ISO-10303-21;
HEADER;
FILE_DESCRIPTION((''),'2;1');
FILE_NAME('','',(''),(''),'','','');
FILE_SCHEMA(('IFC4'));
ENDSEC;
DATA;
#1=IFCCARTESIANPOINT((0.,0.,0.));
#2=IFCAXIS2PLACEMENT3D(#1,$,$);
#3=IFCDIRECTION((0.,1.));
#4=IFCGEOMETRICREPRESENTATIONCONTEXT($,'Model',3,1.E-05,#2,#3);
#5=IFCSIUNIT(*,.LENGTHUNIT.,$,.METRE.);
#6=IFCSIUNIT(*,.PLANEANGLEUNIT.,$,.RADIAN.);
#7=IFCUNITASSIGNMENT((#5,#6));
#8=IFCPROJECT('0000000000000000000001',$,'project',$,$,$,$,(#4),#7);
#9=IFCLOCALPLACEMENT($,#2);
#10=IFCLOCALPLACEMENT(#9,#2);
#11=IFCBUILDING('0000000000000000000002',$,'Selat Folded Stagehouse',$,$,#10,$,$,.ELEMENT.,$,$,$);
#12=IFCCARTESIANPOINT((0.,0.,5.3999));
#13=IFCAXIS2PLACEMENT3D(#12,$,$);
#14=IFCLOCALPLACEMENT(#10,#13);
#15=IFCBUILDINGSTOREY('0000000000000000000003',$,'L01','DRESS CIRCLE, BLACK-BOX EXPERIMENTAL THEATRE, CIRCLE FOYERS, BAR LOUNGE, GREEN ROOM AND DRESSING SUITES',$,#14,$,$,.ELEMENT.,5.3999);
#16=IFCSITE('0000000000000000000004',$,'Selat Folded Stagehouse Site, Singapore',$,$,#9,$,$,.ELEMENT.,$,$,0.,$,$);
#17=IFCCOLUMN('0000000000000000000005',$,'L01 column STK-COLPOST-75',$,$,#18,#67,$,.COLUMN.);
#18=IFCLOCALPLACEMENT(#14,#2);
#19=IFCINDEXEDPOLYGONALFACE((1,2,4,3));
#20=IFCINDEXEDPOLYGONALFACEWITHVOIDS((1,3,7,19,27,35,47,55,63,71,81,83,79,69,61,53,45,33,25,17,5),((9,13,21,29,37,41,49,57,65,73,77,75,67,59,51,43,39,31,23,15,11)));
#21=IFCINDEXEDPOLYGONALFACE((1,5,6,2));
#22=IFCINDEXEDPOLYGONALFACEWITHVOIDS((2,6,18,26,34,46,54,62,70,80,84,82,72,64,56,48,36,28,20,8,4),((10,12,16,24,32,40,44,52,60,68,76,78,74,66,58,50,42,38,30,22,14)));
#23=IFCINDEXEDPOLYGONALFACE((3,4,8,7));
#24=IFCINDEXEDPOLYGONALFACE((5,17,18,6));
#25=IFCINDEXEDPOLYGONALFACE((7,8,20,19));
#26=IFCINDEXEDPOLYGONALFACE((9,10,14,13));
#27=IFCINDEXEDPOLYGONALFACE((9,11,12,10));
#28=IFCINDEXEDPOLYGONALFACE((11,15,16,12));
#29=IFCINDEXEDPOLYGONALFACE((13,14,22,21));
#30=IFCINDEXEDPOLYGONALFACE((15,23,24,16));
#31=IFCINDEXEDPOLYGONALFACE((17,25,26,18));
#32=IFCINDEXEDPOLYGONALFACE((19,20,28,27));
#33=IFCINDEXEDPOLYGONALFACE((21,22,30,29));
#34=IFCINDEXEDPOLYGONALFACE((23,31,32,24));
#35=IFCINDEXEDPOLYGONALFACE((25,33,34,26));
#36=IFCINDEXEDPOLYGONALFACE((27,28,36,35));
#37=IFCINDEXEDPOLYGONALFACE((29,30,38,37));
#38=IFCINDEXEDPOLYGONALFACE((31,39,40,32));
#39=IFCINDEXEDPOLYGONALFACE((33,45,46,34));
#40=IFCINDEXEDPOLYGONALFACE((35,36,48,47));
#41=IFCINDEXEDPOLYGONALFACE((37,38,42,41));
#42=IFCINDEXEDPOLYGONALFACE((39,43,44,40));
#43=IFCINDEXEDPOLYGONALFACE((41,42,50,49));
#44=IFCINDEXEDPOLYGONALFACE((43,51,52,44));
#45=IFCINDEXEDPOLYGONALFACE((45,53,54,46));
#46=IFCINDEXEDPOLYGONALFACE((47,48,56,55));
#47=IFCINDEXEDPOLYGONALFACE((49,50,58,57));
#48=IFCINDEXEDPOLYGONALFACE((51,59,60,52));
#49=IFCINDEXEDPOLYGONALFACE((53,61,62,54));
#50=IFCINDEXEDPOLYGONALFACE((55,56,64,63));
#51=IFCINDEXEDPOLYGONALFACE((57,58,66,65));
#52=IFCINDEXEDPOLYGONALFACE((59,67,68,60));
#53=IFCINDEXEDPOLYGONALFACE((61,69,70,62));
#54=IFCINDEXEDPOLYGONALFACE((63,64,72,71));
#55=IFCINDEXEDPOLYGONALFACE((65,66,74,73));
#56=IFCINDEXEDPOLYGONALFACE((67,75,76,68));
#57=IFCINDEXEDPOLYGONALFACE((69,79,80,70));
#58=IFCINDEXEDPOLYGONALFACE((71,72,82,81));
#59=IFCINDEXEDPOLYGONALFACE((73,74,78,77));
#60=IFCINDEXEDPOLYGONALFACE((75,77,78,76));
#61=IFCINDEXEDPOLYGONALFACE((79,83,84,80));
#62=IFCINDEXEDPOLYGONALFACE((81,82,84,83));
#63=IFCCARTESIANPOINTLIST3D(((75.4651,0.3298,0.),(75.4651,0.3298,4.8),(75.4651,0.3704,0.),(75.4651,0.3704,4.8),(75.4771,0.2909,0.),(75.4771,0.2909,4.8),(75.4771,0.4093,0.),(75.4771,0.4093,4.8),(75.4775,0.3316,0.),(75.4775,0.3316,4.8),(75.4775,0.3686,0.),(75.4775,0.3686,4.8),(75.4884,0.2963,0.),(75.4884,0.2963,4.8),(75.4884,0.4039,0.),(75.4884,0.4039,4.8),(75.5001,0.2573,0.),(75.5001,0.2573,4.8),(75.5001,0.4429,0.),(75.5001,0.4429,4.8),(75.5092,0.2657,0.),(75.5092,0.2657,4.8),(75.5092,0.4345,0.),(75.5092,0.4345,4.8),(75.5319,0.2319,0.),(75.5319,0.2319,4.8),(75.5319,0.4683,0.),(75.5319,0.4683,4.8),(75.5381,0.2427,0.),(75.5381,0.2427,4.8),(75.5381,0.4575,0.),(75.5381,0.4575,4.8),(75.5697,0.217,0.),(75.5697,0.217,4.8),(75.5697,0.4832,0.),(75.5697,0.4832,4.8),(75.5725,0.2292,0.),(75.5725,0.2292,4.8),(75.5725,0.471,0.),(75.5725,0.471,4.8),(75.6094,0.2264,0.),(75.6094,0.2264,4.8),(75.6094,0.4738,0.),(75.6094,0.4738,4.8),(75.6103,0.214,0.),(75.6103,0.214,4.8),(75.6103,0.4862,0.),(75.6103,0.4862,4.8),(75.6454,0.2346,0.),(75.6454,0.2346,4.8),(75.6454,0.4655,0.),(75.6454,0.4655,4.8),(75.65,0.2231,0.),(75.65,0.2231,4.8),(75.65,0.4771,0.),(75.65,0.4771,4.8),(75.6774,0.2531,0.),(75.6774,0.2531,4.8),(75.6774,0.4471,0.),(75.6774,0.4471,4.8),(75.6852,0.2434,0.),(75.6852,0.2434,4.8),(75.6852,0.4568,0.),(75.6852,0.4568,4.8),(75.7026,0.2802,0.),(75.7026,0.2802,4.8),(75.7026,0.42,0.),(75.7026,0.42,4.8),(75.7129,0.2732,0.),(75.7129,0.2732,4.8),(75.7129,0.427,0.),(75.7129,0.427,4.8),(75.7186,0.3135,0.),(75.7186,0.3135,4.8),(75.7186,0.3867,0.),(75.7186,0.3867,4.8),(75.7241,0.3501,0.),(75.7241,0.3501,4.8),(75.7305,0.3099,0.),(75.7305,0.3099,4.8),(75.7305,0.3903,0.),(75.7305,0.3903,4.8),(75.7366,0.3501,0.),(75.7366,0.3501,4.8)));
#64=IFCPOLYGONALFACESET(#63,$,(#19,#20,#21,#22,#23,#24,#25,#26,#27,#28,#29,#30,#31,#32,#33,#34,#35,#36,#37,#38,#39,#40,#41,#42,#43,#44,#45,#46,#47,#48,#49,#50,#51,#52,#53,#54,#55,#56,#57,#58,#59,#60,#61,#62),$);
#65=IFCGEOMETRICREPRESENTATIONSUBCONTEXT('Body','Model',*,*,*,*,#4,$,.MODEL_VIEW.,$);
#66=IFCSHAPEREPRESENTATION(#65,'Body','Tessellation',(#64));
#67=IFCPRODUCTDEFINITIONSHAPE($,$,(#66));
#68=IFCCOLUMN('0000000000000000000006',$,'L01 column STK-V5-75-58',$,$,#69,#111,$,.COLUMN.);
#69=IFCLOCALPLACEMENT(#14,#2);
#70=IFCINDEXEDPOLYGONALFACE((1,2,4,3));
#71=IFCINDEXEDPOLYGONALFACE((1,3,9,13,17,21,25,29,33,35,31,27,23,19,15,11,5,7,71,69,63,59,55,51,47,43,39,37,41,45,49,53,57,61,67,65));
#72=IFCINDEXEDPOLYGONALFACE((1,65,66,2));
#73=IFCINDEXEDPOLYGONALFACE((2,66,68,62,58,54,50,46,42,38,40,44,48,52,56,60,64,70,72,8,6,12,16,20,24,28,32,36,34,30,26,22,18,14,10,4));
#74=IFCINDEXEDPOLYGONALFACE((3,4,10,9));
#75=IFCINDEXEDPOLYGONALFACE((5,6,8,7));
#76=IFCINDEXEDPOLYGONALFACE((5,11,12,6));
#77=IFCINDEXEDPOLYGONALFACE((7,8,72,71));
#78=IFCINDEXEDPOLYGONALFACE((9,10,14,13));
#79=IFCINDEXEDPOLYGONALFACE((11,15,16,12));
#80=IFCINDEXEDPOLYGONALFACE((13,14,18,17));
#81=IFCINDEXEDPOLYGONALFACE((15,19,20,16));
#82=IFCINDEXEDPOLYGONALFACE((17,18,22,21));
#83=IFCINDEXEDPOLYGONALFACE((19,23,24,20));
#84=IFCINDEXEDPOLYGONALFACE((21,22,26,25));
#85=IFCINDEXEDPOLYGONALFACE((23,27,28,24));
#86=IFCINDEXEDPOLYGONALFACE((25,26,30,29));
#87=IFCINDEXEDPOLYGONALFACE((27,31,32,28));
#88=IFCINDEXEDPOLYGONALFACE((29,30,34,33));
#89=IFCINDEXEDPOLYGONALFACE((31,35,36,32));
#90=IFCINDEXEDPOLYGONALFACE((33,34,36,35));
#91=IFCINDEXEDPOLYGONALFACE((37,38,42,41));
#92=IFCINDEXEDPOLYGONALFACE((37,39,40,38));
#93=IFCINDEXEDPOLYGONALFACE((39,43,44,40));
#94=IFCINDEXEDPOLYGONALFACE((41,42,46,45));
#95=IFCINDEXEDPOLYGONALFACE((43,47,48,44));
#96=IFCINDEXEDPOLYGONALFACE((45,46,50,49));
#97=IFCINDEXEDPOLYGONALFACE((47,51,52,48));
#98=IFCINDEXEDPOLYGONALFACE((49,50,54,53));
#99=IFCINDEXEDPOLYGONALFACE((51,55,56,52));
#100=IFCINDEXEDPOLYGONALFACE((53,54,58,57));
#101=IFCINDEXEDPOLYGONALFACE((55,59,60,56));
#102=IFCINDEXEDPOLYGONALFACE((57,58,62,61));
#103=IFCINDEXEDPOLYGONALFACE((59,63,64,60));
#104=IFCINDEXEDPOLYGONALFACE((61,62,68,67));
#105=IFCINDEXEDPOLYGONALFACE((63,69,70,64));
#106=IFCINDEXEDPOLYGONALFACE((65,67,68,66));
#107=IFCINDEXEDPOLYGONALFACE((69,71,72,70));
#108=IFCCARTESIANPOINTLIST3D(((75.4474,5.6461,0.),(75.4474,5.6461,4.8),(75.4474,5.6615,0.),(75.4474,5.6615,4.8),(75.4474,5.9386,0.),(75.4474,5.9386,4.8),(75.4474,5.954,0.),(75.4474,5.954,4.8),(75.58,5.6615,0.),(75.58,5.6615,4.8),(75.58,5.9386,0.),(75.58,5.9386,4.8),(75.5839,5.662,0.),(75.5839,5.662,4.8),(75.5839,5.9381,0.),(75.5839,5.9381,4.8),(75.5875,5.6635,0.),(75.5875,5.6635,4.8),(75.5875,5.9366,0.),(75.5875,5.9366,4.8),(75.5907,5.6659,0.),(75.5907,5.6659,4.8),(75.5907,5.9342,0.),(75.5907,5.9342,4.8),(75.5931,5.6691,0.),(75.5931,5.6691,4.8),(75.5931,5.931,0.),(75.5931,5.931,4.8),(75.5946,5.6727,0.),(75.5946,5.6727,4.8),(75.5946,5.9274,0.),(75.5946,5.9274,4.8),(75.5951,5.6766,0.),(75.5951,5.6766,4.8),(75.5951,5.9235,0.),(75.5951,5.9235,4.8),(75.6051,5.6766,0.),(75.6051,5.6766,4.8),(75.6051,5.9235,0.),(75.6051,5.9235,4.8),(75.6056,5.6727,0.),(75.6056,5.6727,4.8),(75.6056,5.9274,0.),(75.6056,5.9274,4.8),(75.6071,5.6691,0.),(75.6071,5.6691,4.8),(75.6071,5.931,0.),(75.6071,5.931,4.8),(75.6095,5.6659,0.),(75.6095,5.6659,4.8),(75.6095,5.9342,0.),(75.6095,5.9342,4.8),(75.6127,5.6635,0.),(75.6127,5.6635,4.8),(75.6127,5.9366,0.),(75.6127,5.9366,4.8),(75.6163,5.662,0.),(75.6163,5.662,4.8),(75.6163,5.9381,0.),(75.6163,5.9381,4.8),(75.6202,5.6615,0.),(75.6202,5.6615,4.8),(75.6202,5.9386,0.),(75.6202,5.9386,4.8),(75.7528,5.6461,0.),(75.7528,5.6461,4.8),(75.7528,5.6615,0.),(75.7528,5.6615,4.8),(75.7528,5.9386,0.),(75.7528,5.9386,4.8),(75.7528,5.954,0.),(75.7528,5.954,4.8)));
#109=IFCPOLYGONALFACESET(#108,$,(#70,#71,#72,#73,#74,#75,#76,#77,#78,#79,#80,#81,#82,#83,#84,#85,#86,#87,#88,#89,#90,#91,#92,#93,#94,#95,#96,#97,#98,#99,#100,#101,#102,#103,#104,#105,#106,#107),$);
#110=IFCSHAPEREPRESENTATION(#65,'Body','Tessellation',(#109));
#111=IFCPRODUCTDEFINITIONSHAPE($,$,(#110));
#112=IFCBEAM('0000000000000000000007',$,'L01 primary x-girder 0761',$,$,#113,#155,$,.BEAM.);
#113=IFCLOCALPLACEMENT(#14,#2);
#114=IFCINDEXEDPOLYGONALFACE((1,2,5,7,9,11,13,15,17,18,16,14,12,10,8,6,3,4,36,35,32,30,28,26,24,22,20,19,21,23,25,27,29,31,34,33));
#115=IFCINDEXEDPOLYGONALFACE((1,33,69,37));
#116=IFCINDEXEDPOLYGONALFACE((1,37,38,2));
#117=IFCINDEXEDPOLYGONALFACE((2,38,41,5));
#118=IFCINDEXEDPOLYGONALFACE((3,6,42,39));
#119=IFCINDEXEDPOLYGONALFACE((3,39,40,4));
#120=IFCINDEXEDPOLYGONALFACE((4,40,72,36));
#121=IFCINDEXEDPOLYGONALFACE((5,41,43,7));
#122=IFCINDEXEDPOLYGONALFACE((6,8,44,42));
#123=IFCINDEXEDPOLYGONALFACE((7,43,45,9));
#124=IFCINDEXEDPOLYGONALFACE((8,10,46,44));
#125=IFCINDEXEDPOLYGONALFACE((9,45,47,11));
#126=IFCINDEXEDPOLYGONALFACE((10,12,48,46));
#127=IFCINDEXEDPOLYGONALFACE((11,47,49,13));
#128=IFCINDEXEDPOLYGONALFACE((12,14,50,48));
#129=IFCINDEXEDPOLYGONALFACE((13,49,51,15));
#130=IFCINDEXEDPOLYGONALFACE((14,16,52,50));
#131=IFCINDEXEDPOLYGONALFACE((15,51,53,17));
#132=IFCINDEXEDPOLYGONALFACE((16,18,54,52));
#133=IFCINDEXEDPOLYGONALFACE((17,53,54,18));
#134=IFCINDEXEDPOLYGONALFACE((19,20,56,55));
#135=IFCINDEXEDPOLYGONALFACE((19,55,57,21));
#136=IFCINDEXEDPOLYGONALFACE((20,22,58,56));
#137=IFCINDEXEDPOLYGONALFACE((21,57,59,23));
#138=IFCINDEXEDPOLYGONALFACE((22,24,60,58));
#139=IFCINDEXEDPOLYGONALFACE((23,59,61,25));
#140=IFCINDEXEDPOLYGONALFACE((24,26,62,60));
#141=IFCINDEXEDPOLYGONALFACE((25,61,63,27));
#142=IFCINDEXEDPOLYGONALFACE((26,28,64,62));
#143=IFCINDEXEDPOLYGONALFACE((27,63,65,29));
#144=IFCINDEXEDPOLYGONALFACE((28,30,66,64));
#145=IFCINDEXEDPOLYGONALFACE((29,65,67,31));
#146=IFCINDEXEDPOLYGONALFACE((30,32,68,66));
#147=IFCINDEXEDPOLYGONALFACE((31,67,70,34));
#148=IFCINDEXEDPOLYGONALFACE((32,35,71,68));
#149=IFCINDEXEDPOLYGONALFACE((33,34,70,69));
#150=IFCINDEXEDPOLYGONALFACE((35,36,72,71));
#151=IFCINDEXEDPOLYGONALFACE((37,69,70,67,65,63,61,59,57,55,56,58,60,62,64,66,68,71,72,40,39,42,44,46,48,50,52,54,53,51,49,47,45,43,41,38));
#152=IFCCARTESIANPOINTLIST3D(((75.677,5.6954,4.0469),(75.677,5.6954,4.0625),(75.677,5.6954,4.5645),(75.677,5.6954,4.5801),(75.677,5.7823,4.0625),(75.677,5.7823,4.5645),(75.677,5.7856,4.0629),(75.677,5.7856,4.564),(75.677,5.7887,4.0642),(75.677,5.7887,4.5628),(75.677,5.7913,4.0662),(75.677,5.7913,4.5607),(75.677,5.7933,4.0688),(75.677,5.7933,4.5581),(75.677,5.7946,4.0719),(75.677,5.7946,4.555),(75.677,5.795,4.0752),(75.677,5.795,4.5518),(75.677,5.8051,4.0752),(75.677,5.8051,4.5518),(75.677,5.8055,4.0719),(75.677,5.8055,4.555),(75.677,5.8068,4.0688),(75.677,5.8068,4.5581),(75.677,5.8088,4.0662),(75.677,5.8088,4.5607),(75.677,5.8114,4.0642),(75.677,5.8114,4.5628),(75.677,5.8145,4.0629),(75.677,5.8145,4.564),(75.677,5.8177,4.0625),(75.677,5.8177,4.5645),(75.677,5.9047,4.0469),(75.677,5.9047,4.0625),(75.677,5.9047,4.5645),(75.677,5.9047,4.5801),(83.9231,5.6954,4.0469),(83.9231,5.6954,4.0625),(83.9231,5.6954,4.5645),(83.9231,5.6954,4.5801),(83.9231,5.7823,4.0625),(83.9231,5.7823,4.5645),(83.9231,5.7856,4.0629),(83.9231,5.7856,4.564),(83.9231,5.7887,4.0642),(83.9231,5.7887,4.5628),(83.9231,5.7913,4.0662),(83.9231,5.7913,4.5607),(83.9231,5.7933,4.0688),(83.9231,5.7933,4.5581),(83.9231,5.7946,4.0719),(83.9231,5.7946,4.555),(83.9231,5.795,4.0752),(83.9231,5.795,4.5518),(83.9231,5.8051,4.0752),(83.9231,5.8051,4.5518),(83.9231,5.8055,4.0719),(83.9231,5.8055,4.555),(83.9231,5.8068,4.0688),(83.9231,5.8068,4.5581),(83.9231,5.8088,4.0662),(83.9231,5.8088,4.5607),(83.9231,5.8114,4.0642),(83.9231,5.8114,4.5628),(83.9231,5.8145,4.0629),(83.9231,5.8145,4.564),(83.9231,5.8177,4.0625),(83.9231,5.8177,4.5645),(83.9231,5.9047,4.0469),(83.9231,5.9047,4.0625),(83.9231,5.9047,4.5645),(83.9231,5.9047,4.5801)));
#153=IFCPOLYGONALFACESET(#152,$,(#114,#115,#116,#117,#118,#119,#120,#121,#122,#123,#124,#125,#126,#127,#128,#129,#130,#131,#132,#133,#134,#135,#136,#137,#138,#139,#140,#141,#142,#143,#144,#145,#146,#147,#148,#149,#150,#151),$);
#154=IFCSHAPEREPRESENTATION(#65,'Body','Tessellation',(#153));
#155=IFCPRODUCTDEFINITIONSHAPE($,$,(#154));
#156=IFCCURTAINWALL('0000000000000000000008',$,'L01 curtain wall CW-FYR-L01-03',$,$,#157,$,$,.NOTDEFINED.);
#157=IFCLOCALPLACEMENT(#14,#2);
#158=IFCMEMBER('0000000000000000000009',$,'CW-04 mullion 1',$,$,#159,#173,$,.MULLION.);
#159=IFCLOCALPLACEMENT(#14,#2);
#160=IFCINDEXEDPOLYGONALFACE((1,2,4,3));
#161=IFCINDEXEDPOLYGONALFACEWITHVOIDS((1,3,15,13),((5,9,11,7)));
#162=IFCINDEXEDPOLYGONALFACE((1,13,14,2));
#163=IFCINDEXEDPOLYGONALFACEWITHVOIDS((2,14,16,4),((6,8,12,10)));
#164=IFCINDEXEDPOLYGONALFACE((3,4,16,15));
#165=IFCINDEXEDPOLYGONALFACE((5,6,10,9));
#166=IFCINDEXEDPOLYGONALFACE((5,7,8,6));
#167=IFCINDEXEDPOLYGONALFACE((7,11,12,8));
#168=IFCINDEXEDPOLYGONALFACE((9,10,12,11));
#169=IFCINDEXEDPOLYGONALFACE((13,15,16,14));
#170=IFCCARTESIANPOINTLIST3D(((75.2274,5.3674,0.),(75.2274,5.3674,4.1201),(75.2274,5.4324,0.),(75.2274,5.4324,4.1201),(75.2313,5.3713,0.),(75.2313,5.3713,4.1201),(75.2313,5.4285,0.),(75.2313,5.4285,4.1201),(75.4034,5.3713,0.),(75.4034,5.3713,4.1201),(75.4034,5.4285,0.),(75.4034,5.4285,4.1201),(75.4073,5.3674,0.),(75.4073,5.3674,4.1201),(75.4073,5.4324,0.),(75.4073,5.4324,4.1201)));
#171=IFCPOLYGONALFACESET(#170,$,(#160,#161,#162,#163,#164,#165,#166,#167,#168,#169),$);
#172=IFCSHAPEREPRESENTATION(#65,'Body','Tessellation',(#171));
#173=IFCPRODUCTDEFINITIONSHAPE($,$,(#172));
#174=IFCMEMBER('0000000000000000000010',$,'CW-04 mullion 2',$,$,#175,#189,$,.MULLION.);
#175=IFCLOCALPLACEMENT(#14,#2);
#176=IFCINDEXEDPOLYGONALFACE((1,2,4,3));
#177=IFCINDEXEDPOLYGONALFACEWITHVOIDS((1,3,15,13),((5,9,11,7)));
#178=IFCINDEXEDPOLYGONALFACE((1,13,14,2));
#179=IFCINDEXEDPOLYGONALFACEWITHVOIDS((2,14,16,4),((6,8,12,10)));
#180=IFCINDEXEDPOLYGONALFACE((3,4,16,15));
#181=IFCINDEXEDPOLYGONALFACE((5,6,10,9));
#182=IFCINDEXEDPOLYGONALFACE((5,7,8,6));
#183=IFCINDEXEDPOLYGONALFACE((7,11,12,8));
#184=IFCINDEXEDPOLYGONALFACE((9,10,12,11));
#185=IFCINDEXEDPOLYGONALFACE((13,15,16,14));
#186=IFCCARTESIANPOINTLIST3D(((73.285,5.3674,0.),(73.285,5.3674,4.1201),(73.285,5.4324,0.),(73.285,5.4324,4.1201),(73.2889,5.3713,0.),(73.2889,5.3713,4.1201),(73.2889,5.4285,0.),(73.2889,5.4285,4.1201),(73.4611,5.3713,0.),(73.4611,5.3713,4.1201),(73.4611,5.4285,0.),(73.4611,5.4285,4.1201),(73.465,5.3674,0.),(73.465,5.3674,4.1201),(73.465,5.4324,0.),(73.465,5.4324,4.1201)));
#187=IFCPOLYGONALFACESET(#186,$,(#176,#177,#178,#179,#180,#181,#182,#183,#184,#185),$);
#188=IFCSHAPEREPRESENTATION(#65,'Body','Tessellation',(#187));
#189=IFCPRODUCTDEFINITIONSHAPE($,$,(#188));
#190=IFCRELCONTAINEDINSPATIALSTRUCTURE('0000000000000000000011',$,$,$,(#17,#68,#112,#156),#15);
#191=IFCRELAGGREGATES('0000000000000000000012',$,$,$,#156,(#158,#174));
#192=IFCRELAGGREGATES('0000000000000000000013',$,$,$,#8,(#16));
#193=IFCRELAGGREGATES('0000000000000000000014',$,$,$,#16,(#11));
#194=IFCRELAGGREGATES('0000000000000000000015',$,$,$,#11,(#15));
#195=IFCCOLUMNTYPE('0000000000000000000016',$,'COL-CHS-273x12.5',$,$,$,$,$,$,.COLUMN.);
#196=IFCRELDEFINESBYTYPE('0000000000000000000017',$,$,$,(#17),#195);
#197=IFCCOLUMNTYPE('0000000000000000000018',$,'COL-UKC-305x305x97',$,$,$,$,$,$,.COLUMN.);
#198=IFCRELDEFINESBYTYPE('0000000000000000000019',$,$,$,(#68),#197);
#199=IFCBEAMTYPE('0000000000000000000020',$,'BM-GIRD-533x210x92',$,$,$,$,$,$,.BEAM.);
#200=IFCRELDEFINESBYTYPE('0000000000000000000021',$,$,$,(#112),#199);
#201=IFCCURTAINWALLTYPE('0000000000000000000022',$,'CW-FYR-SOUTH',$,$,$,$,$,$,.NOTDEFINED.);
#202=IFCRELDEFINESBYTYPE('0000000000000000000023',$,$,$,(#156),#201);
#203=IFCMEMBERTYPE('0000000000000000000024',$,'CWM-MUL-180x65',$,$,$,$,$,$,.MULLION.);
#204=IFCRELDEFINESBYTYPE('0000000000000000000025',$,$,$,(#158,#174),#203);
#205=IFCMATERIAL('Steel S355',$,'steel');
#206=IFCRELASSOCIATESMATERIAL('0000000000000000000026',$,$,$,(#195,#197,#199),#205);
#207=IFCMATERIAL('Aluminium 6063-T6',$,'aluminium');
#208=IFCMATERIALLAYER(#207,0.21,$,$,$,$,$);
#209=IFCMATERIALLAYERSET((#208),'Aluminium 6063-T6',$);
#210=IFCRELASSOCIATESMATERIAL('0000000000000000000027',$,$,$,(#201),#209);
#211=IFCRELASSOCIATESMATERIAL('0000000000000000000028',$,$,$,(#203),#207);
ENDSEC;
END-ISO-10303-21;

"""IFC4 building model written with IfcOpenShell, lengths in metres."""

from ifc_helpers import new_model, si_unit, direction, frame, origin, origin_2d, place, context, subcontext, project, spatial, hollow_rectangle, hollow_circle, i_section, extrude, material, layer, layer_set, material_profile, profile_set, type_object, element, aggregate, save


model = new_model("IFC4")

# Units and contexts
model_context = context("Model", 3, precision=1e-05, world=origin(), true_north=direction((0.0, 1.0)))
body_context = subcontext(model_context, "Body", "Model", "MODEL_VIEW")
ifc_project = project(units=[si_unit("LENGTHUNIT", "METRE"), si_unit("PLANEANGLEUNIT", "RADIAN")], contexts=[model_context])

# Site, building, storey
site_placement = place(None, origin())
site = spatial("IfcSite", under=ifc_project, at=site_placement, Name="Selat Folded Stagehouse Site, Singapore", CompositionType="ELEMENT", RefElevation=0.0)
building_placement = place(site_placement, origin())
building = spatial("IfcBuilding", under=site, at=building_placement, Name="Selat Folded Stagehouse", CompositionType="ELEMENT")
storey_placement = place(building_placement, frame((0.0, 0.0, 5.3999)))
storey = spatial("IfcBuildingStorey", under=building, at=storey_placement, Name="L01", Description="DRESS CIRCLE, BLACK-BOX EXPERIMENTAL THEATRE, CIRCLE FOYERS, BAR LOUNGE, GREEN ROOM AND DRESSING SUITES", CompositionType="ELEMENT", Elevation=5.3999)

# Columns
ifc_material_1 = material(Name="Steel S355", Category="steel")
ifc_material_profile_1 = material_profile(ifc_material_1, hollow_circle(Radius=0.1365, WallThickness=0.0125, at=origin_2d()), Name="CHS 273.0x12.5")
ifc_profile_set_1 = profile_set([ifc_material_profile_1], Name="Steel S355")
column_type_1 = type_object("IfcColumnType", Name="COL-CHS-273x12.5", PredefinedType="COLUMN", material=ifc_profile_set_1)
column_1_placement = place(storey_placement, frame((75.6001, 0.3501, 0.0), z_axis=(0.0, 0.0, 1.0), x_axis=(1.0, 0.0, 0.0)))
element("IfcColumn", 1, at=column_1_placement, inside=storey, type_object=column_type_1, Name="L01 column STK-COLPOST-75", PredefinedType="COLUMN", context=body_context, shape_type="SweptSolid", body=[
    extrude(hollow_circle(Radius=0.1365, WallThickness=0.0125, at=origin_2d()), origin(), (0.0, 0.0, 1.0), 4.8),
])
ifc_material_profile_2 = material_profile(ifc_material_1, i_section(OverallWidth=0.3054, OverallDepth=0.3079, WebThickness=0.01, FlangeThickness=0.0154, FilletRadius=0.0151, at=origin_2d()), Name="UKC 305x305x97")
ifc_profile_set_2 = profile_set([ifc_material_profile_2], Name="Steel S355")
column_type_2 = type_object("IfcColumnType", Name="COL-UKC-305x305x97", PredefinedType="COLUMN", material=ifc_profile_set_2)
column_2_placement = place(storey_placement, frame((75.6001, 5.8, 0.0), z_axis=(0.0, 0.0, 1.0), x_axis=(1.0, 0.0, 0.0)))
element("IfcColumn", 2, at=column_2_placement, inside=storey, type_object=column_type_2, Name="L01 column STK-V5-75-58", PredefinedType="COLUMN", context=body_context, shape_type="SweptSolid", body=[
    extrude(i_section(OverallWidth=0.3054, OverallDepth=0.3079, WebThickness=0.01, FlangeThickness=0.0154, FilletRadius=0.0151, at=origin_2d()), origin(), (0.0, 0.0, 1.0), 4.8),
])

# Beam
ifc_material_profile_3 = material_profile(ifc_material_1, i_section(OverallWidth=0.2092, OverallDepth=0.5332, WebThickness=0.01, FlangeThickness=0.0156, FilletRadius=0.0127, at=origin_2d()), Name="UKB 533x210x92")
ifc_profile_set_3 = profile_set([ifc_material_profile_3], Name="Steel S355")
beam_type_1 = type_object("IfcBeamType", Name="BM-GIRD-533x210x92", PredefinedType="BEAM", material=ifc_profile_set_3)
beam_1_placement = place(storey_placement, frame((75.677, 5.8, 4.3135), z_axis=(1.0, 0.0, 0.0), x_axis=(0.0, 1.0, 0.0)))
element("IfcBeam", 3, at=beam_1_placement, inside=storey, type_object=beam_type_1, Name="L01 primary x-girder 0761", PredefinedType="BEAM", context=body_context, shape_type="SweptSolid", body=[
    extrude(i_section(OverallWidth=0.2092, OverallDepth=0.5332, WebThickness=0.01, FlangeThickness=0.0156, FilletRadius=0.0127, at=origin_2d()), origin(), (0.0, 0.0, 1.0), 8.2461),
])

# Curtain wall, members
ifc_material_2 = material(Name="Aluminium 6063-T6", Category="aluminium")
ifc_layer_1 = layer(ifc_material_2, 0.21)
ifc_layer_set_1 = layer_set([ifc_layer_1], Name="Aluminium 6063-T6")
curtain_wall_type = type_object("IfcCurtainWallType", Name="CW-FYR-SOUTH", PredefinedType="NOTDEFINED", material=ifc_layer_set_1)
curtain_wall_placement = place(storey_placement, origin())
curtain_wall = element("IfcCurtainWall", 4, at=curtain_wall_placement, inside=storey, type_object=curtain_wall_type, Name="L01 curtain wall CW-FYR-L01-03", PredefinedType="NOTDEFINED")
ifc_material_profile_4 = material_profile(ifc_material_2, hollow_rectangle(XDim=0.0649, YDim=0.1799, WallThickness=0.0039, at=origin_2d()), Name="ALU 180x65x4.0")
ifc_profile_set_4 = profile_set([ifc_material_profile_4], Name="Aluminium 6063-T6")
member_type_1 = type_object("IfcMemberType", Name="CWM-MUL-180x65", PredefinedType="MULLION", material=ifc_profile_set_4)
member_1_placement = place(storey_placement, frame((75.3174, 5.3999, 0.0), z_axis=(0.0, 0.0, 1.0), x_axis=(0.0, -1.0, 0.0)))
member_1 = element("IfcMember", 5, at=member_1_placement, type_object=member_type_1, Name="CW-04 mullion 1", PredefinedType="MULLION", context=body_context, shape_type="SweptSolid", body=[
    extrude(hollow_rectangle(XDim=0.0649, YDim=0.1799, WallThickness=0.0039, at=origin_2d()), origin(), (0.0, 0.0, 1.0), 4.1201),
])
member_2_placement = place(storey_placement, frame((73.375, 5.3999, 0.0), z_axis=(0.0, 0.0, 1.0), x_axis=(0.0, -1.0, 0.0)))
member_2 = element("IfcMember", 6, at=member_2_placement, type_object=member_type_1, Name="CW-04 mullion 2", PredefinedType="MULLION", context=body_context, shape_type="SweptSolid", body=[
    extrude(hollow_rectangle(XDim=0.0649, YDim=0.1799, WallThickness=0.0039, at=origin_2d()), origin(), (0.0, 0.0, 1.0), 4.1201),
])

aggregate(curtain_wall, [member_1, member_2])

save(model, "model.ifc")
